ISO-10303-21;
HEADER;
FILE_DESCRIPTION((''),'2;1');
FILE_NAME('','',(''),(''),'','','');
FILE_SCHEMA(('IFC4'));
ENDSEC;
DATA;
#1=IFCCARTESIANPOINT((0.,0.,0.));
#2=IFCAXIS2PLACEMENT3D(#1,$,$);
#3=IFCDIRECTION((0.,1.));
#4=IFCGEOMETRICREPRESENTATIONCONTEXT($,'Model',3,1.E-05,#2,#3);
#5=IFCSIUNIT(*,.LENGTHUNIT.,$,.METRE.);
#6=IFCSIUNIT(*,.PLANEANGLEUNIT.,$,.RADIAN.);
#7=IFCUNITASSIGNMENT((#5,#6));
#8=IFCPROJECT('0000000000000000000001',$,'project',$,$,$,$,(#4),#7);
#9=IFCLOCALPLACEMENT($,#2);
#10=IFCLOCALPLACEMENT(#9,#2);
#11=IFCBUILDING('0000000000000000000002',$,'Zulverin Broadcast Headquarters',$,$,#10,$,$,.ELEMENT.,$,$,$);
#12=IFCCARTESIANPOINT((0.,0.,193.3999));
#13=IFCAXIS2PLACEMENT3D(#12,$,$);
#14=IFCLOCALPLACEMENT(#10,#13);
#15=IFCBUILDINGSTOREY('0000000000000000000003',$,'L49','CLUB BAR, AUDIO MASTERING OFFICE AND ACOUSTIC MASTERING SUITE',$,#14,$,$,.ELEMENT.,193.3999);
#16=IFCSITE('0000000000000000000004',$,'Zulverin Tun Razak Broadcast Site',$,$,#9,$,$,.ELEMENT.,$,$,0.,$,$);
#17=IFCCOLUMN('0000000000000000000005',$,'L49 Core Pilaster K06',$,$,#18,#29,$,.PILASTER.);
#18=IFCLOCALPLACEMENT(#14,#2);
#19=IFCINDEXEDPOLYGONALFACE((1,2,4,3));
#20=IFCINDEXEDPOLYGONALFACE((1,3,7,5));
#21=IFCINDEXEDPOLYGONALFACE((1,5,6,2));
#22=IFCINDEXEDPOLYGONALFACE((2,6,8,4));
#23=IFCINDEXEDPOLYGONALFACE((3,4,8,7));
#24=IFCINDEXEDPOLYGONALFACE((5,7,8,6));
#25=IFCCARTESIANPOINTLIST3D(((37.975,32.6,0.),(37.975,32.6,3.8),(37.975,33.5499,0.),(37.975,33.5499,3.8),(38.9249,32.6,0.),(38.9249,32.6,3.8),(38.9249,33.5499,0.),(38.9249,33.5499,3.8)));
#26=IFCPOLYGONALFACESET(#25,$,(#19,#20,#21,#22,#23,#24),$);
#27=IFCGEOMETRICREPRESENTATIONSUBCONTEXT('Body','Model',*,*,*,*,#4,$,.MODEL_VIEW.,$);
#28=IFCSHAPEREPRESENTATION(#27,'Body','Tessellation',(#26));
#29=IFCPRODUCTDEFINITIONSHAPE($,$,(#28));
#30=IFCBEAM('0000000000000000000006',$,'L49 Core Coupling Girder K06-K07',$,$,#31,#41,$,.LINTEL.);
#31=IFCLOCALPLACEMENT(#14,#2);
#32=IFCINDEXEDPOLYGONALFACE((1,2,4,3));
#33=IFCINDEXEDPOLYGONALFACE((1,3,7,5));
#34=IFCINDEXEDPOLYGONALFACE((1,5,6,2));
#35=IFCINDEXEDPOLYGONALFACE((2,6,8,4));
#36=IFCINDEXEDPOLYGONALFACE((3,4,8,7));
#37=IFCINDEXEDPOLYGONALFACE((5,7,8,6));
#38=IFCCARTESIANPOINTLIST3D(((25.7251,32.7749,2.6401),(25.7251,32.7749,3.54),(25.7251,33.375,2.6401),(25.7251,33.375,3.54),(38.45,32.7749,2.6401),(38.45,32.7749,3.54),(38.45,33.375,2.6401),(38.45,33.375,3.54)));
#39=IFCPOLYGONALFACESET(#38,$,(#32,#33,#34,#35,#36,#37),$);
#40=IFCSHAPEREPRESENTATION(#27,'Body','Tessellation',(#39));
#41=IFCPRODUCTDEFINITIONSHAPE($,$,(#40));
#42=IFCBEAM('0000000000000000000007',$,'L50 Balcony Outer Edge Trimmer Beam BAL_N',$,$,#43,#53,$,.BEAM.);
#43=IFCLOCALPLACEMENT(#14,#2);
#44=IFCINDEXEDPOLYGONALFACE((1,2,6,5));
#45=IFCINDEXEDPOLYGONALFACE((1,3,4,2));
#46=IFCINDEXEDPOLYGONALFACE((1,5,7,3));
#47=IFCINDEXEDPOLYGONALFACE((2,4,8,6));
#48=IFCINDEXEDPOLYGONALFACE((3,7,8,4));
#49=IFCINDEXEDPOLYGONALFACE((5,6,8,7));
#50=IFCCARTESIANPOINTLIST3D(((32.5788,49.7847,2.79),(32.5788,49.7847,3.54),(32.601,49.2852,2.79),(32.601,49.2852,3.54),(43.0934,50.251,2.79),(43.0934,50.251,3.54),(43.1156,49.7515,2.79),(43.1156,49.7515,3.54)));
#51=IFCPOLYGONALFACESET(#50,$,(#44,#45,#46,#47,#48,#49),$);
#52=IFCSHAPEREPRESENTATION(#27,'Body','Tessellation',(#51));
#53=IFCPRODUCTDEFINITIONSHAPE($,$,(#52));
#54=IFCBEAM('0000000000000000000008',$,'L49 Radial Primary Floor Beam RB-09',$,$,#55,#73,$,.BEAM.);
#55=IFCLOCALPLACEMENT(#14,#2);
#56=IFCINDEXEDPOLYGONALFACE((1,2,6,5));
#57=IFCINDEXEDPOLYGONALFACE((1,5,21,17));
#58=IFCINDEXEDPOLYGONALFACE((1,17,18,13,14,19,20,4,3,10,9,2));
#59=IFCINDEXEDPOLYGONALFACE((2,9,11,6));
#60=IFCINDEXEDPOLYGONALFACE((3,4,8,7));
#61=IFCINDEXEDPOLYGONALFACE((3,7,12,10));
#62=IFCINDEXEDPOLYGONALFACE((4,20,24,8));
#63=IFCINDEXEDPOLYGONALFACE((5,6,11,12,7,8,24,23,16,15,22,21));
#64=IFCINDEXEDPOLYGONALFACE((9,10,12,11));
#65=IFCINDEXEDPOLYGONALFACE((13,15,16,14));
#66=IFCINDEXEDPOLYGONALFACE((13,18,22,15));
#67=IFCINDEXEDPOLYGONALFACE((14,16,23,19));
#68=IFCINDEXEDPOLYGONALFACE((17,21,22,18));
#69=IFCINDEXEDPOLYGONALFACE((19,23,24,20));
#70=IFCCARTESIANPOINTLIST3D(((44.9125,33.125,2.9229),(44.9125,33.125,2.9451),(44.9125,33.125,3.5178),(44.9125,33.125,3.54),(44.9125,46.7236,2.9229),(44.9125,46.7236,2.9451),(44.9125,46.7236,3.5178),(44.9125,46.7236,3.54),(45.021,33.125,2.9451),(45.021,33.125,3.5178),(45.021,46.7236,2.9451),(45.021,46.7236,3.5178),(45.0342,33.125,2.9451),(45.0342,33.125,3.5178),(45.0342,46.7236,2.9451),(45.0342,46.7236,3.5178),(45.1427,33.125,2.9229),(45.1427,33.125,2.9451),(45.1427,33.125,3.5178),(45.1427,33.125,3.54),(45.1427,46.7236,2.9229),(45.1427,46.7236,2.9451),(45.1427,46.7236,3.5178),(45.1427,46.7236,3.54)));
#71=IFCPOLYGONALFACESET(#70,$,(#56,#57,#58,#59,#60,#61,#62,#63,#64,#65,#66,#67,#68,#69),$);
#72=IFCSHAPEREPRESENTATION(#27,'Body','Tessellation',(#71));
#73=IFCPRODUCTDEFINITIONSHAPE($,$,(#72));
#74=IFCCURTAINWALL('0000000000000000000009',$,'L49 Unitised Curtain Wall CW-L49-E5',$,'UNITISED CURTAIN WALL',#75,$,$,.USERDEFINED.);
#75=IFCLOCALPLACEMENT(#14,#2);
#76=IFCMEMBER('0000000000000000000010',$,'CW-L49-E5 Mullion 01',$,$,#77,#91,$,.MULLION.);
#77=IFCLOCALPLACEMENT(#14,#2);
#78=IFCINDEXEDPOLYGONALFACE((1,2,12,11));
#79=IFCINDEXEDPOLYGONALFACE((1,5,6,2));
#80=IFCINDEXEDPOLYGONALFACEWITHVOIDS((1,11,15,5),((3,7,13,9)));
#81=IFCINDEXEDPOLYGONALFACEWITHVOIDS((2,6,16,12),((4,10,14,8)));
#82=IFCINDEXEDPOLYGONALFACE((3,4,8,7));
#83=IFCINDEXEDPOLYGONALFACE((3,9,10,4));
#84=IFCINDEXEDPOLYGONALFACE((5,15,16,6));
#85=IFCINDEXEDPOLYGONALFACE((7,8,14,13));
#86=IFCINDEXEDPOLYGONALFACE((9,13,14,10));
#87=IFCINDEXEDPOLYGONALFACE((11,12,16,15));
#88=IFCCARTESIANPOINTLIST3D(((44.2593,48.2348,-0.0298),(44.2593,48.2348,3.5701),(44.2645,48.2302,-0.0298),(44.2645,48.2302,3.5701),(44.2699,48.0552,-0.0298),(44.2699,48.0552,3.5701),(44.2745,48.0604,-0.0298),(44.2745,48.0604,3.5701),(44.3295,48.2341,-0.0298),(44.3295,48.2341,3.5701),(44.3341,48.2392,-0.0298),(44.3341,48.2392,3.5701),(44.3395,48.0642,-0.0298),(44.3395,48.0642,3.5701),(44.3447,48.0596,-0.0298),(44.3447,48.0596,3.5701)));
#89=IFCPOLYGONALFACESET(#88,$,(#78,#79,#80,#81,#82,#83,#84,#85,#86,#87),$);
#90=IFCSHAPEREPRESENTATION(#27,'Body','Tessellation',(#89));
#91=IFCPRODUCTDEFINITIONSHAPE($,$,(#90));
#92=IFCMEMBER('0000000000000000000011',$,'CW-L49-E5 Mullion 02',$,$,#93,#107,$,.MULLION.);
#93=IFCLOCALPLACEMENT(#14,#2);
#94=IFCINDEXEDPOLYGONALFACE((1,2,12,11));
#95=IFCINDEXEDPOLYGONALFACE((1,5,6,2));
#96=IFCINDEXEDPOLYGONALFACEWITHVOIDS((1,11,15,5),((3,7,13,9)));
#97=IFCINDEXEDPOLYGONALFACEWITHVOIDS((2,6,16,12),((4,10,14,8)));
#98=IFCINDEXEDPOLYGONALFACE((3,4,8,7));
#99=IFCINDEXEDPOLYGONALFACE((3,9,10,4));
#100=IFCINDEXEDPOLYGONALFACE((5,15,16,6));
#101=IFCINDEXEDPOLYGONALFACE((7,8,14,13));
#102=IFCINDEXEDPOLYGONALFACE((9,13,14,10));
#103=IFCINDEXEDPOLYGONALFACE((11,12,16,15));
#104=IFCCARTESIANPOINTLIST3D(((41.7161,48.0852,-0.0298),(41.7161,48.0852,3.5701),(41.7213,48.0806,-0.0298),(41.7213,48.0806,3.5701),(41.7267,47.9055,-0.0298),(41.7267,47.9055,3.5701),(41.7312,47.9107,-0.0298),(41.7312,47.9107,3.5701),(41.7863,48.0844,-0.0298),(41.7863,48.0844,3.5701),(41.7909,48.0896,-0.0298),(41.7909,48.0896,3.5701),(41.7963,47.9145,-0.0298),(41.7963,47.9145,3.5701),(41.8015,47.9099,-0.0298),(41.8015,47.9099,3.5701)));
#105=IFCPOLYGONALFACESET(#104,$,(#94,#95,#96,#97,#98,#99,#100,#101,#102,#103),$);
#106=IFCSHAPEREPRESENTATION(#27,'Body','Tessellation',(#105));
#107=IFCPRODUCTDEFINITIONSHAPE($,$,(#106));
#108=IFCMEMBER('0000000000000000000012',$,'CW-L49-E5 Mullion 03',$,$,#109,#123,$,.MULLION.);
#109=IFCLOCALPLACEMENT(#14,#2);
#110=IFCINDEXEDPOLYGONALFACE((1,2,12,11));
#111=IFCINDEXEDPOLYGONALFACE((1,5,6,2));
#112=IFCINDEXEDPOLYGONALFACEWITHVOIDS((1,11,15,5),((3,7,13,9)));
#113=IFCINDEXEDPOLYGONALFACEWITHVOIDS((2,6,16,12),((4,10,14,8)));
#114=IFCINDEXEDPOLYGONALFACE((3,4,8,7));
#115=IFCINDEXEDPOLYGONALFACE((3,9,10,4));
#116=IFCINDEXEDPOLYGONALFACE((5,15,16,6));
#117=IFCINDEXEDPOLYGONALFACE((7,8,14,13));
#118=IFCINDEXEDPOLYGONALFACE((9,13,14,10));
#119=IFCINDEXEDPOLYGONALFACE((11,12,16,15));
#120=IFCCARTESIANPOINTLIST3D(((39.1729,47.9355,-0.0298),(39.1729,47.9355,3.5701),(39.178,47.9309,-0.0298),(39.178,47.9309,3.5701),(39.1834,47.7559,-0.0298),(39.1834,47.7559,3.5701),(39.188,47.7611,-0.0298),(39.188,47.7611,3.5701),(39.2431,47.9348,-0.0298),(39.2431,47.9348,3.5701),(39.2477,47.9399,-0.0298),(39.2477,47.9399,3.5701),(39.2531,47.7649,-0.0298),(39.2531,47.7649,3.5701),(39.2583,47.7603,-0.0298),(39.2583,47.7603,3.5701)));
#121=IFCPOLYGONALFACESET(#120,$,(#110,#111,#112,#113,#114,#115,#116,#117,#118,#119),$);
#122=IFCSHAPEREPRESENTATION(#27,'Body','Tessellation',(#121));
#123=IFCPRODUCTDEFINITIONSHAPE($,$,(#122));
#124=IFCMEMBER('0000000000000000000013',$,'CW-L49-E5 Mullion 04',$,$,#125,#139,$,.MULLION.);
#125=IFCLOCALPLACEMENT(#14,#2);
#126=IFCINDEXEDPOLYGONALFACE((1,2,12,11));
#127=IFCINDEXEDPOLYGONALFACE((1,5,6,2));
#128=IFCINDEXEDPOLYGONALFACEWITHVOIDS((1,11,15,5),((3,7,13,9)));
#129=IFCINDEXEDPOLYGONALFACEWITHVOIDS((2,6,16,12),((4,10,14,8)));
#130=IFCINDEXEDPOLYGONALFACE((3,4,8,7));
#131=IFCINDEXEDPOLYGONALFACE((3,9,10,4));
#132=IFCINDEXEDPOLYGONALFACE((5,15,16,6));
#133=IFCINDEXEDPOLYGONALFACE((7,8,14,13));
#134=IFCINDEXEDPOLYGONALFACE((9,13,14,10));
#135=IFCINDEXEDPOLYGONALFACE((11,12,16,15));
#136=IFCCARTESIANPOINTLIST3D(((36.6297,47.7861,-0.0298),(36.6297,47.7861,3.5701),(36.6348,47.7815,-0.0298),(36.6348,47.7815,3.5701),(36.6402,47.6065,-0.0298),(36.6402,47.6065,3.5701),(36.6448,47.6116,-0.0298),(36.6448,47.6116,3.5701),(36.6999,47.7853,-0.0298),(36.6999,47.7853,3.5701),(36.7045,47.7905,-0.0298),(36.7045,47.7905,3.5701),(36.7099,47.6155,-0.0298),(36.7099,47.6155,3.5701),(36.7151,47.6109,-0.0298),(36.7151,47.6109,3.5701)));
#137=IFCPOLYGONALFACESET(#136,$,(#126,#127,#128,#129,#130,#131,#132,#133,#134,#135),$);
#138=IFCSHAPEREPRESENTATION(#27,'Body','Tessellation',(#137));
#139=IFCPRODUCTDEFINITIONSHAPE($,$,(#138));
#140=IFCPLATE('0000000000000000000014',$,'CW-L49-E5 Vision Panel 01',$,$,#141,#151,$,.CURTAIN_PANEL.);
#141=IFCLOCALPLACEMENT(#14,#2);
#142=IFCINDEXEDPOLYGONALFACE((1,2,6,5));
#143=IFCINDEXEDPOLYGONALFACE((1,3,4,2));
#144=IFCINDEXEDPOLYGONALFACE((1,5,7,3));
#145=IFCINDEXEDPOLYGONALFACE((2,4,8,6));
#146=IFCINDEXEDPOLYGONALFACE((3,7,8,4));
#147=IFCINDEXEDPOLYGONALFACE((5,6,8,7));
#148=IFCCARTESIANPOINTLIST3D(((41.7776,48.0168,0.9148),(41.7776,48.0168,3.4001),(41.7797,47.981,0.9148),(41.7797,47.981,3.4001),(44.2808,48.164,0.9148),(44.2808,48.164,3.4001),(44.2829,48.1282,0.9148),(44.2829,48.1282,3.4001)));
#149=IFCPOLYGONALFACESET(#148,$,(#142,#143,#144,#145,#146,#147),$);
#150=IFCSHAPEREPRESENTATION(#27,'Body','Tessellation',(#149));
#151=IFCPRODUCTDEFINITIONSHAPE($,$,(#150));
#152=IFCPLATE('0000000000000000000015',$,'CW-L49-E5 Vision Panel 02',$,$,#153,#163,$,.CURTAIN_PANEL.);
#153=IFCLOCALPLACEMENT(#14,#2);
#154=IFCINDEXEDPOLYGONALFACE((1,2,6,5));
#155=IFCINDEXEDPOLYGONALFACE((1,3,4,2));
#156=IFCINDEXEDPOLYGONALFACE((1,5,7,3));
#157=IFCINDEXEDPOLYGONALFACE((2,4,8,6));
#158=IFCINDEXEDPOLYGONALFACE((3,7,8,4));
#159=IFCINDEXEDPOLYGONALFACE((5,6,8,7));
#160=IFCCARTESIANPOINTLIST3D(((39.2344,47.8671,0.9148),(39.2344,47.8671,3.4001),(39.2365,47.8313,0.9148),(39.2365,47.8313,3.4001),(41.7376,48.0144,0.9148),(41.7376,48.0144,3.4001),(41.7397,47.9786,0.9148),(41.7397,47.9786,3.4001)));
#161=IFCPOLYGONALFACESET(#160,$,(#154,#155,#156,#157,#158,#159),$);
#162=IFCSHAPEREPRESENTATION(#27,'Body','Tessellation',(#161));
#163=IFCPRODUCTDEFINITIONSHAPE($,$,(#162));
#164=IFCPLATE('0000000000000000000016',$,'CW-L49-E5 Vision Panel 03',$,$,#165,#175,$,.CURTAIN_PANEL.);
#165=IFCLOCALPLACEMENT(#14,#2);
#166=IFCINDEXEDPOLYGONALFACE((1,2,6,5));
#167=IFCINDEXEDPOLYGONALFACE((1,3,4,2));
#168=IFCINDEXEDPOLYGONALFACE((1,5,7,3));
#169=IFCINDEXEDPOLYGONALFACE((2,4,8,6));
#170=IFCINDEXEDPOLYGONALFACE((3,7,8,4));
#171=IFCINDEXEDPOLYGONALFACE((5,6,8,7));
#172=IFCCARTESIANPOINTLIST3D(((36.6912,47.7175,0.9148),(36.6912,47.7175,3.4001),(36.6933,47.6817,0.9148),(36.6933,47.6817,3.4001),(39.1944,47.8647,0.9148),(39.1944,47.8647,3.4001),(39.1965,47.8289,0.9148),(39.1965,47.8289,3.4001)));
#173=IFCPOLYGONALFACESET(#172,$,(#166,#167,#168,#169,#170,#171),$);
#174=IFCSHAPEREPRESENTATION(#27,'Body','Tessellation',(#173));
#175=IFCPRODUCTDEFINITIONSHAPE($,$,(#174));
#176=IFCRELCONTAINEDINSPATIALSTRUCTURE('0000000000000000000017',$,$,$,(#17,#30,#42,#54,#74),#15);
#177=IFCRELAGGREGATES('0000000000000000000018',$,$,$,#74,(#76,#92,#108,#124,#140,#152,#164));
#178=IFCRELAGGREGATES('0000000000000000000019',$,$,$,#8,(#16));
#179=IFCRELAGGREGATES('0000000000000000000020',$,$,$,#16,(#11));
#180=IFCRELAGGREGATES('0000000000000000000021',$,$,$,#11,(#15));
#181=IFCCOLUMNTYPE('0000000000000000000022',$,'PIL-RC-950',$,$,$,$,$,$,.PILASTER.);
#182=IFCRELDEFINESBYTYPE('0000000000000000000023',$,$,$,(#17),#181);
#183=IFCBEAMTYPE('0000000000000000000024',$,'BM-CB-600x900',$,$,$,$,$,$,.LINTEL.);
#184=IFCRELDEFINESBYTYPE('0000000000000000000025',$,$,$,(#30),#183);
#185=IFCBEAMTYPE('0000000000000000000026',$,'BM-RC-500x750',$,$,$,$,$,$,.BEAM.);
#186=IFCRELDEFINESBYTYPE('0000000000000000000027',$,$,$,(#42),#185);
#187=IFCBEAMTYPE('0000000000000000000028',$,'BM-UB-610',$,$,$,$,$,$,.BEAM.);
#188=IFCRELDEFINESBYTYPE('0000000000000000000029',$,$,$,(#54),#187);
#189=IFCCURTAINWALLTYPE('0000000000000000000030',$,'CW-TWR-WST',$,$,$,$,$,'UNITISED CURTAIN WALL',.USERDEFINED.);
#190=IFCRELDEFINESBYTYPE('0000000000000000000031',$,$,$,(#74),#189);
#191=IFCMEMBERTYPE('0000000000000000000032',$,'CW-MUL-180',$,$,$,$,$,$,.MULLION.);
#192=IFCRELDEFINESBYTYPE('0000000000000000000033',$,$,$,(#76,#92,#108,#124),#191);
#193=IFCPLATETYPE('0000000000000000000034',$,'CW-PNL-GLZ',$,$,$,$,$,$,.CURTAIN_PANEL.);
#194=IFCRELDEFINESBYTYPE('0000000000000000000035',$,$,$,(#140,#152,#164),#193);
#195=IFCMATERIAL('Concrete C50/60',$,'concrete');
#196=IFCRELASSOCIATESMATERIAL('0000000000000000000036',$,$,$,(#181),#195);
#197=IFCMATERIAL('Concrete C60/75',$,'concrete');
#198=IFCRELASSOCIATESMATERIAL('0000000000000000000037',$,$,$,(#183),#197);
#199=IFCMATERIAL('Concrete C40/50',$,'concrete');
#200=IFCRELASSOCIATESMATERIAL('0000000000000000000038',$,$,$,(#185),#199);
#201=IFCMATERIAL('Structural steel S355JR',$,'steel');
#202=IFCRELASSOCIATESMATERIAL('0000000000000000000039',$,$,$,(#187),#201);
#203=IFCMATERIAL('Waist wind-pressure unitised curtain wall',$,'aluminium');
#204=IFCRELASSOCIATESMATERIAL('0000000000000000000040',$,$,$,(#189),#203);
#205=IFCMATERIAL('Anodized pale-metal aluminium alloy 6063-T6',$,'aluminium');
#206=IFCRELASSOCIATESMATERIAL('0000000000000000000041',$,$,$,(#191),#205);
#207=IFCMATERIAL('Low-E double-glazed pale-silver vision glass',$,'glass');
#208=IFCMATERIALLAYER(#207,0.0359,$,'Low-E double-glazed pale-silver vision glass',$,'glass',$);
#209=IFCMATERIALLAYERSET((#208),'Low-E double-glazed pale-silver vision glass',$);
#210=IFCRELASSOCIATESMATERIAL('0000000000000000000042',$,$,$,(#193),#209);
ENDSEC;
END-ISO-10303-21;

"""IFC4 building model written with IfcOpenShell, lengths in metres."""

from ifc_helpers import new_model, si_unit, direction, frame, origin, origin_2d, place, context, subcontext, project, spatial, rectangle, hollow_rectangle, i_section, extrude, material, layer, layer_set, material_profile, profile_set, type_object, element, aggregate, save


model = new_model("IFC4")

# Units and contexts
model_context = context("Model", 3, precision=1e-05, world=origin(), true_north=direction((0.0, 1.0)))
body_context = subcontext(model_context, "Body", "Model", "MODEL_VIEW")
ifc_project = project(units=[si_unit("LENGTHUNIT", "METRE"), si_unit("PLANEANGLEUNIT", "RADIAN")], contexts=[model_context])

# Site, building, storey
site_placement = place(None, origin())
site = spatial("IfcSite", under=ifc_project, at=site_placement, Name="Zulverin Tun Razak Broadcast Site", CompositionType="ELEMENT", RefElevation=0.0)
building_placement = place(site_placement, origin())
building = spatial("IfcBuilding", under=site, at=building_placement, Name="Zulverin Broadcast Headquarters", CompositionType="ELEMENT")
storey_placement = place(building_placement, frame((0.0, 0.0, 193.3999)))
storey = spatial("IfcBuildingStorey", under=building, at=storey_placement, Name="L49", Description="CLUB BAR, AUDIO MASTERING OFFICE AND ACOUSTIC MASTERING SUITE", CompositionType="ELEMENT", Elevation=193.3999)

# Column
ifc_material_1 = material(Name="Concrete C50/60", Category="concrete")
ifc_material_profile_1 = material_profile(ifc_material_1, rectangle(XDim=0.95, YDim=0.95, at=origin_2d()), Name="Concrete C50/60", Category="concrete")
ifc_profile_set_1 = profile_set([ifc_material_profile_1], Name="Concrete C50/60")
column_type = type_object("IfcColumnType", Name="PIL-RC-950", PredefinedType="PILASTER", material=ifc_profile_set_1)
column_placement = place(storey_placement, frame((38.45, 33.075, 0.0), z_axis=(0.0, 0.0, 1.0), x_axis=(1.0, 0.0, 0.0)))
element("IfcColumn", 1, at=column_placement, inside=storey, type_object=column_type, Name="L49 Core Pilaster K06", PredefinedType="PILASTER", context=body_context, shape_type="SweptSolid", body=[
    extrude(rectangle(XDim=0.95, YDim=0.95, at=origin_2d()), origin(), (0.0, 0.0, 1.0), 3.8),
])

# Beams
ifc_material_2 = material(Name="Concrete C60/75", Category="concrete")
ifc_material_profile_2 = material_profile(ifc_material_2, rectangle(XDim=0.6001, YDim=0.8999, at=origin_2d()), Name="Concrete C60/75", Category="concrete")
ifc_profile_set_2 = profile_set([ifc_material_profile_2], Name="Concrete C60/75")
beam_type_1 = type_object("IfcBeamType", Name="BM-CB-600x900", PredefinedType="LINTEL", material=ifc_profile_set_2)
beam_1_placement = place(storey_placement, frame((38.45, 33.075, 3.0901), z_axis=(-1.0, 0.0, 0.0), x_axis=(0.0, -1.0, 0.0)))
element("IfcBeam", 2, at=beam_1_placement, inside=storey, type_object=beam_type_1, Name="L49 Core Coupling Girder K06-K07", PredefinedType="LINTEL", context=body_context, shape_type="SweptSolid", body=[
    extrude(rectangle(XDim=0.6001, YDim=0.8999, at=origin_2d()), origin(), (0.0, 0.0, 1.0), 12.7249),
])
ifc_material_3 = material(Name="Concrete C40/50", Category="concrete")
ifc_material_profile_3 = material_profile(ifc_material_3, rectangle(XDim=0.5, YDim=0.75, at=origin_2d()), Name="Concrete C40/50", Category="concrete")
ifc_profile_set_3 = profile_set([ifc_material_profile_3], Name="Concrete C40/50")
beam_type_2 = type_object("IfcBeamType", Name="BM-RC-500x750", PredefinedType="BEAM", material=ifc_profile_set_3)
beam_2_placement = place(storey_placement, frame((43.1045, 50.0012, 3.165), z_axis=(-0.999018, -0.044305, 0.0), x_axis=(0.044305, -0.999018, 0.0)))
element("IfcBeam", 3, at=beam_2_placement, inside=storey, type_object=beam_type_2, Name="L50 Balcony Outer Edge Trimmer Beam BAL_N", PredefinedType="BEAM", context=body_context, shape_type="SweptSolid", body=[
    extrude(rectangle(XDim=0.5, YDim=0.75, at=origin_2d()), origin(), (0.0, 0.0, 1.0), 10.5249),
])
ifc_material_4 = material(Name="Structural steel S355JR", Category="steel")
ifc_material_profile_4 = material_profile(ifc_material_4, i_section(OverallWidth=0.2302, OverallDepth=0.6172, WebThickness=0.0132, FlangeThickness=0.0222, at=origin_2d()), Name="Structural steel S355JR", Category="steel")
ifc_profile_set_4 = profile_set([ifc_material_profile_4], Name="Structural steel S355JR")
beam_type_3 = type_object("IfcBeamType", Name="BM-UB-610", PredefinedType="BEAM", material=ifc_profile_set_4)
beam_3_placement = place(storey_placement, frame((45.0276, 33.125, 3.2314), z_axis=(0.0, 1.0, 0.0), x_axis=(-1.0, 0.0, 0.0)))
element("IfcBeam", 4, at=beam_3_placement, inside=storey, type_object=beam_type_3, Name="L49 Radial Primary Floor Beam RB-09", PredefinedType="BEAM", context=body_context, shape_type="SweptSolid", body=[
    extrude(i_section(OverallWidth=0.2302, OverallDepth=0.6172, WebThickness=0.0132, FlangeThickness=0.0222, at=origin_2d()), origin(), (0.0, 0.0, 1.0), 13.5986),
])

# Curtain wall, members, plates
ifc_material_5 = material(Name="Waist wind-pressure unitised curtain wall", Category="aluminium")
curtain_wall_type = type_object("IfcCurtainWallType", Name="CW-TWR-WST", ElementType="UNITISED CURTAIN WALL", PredefinedType="USERDEFINED", material=ifc_material_5)
curtain_wall_placement = place(storey_placement, origin())
curtain_wall = element("IfcCurtainWall", 5, at=curtain_wall_placement, inside=storey, type_object=curtain_wall_type, Name="L49 Unitised Curtain Wall CW-L49-E5", ObjectType="UNITISED CURTAIN WALL", PredefinedType="USERDEFINED")
ifc_material_6 = material(Name="Anodized pale-metal aluminium alloy 6063-T6", Category="aluminium")
ifc_material_profile_5 = material_profile(ifc_material_6, hollow_rectangle(XDim=0.075, YDim=0.1799, WallThickness=0.0049, at=origin_2d()), Name="Anodized pale-metal aluminium alloy 6063-T6", Category="aluminium")
ifc_profile_set_5 = profile_set([ifc_material_profile_5], Name="Anodized pale-metal aluminium alloy 6063-T6")
member_type = type_object("IfcMemberType", Name="CW-MUL-180", PredefinedType="MULLION", material=ifc_profile_set_5)
member_1_placement = place(storey_placement, frame((44.302, 48.1472, -0.0298), z_axis=(0.0, 0.0, 1.0), x_axis=(-0.998274, -0.058723, 0.0)))
member_1 = element("IfcMember", 6, at=member_1_placement, type_object=member_type, Name="CW-L49-E5 Mullion 01", PredefinedType="MULLION", context=body_context, shape_type="SweptSolid", body=[
    extrude(hollow_rectangle(XDim=0.075, YDim=0.1799, WallThickness=0.0049, at=origin_2d()), origin(), (0.0, 0.0, 1.0), 3.5999),
])
member_2_placement = place(storey_placement, frame((41.7588, 47.9976, -0.0298), z_axis=(0.0, 0.0, 1.0), x_axis=(-0.998274, -0.058723, 0.0)))
member_2 = element("IfcMember", 7, at=member_2_placement, type_object=member_type, Name="CW-L49-E5 Mullion 02", PredefinedType="MULLION", context=body_context, shape_type="SweptSolid", body=[
    extrude(hollow_rectangle(XDim=0.075, YDim=0.1799, WallThickness=0.0049, at=origin_2d()), origin(), (0.0, 0.0, 1.0), 3.5999),
])
member_3_placement = place(storey_placement, frame((39.2156, 47.8479, -0.0298), z_axis=(0.0, 0.0, 1.0), x_axis=(-0.998274, -0.058723, 0.0)))
member_3 = element("IfcMember", 8, at=member_3_placement, type_object=member_type, Name="CW-L49-E5 Mullion 03", PredefinedType="MULLION", context=body_context, shape_type="SweptSolid", body=[
    extrude(hollow_rectangle(XDim=0.075, YDim=0.1799, WallThickness=0.0049, at=origin_2d()), origin(), (0.0, 0.0, 1.0), 3.5999),
])
member_4_placement = place(storey_placement, frame((36.6724, 47.6985, -0.0298), z_axis=(0.0, 0.0, 1.0), x_axis=(-0.998274, -0.058723, 0.0)))
member_4 = element("IfcMember", 9, at=member_4_placement, type_object=member_type, Name="CW-L49-E5 Mullion 04", PredefinedType="MULLION", context=body_context, shape_type="SweptSolid", body=[
    extrude(hollow_rectangle(XDim=0.075, YDim=0.1799, WallThickness=0.0049, at=origin_2d()), origin(), (0.0, 0.0, 1.0), 3.5999),
])
ifc_material_7 = material(Name="Low-E double-glazed pale-silver vision glass", Category="glass")
ifc_layer_1 = layer(ifc_material_7, 0.0359, Name="Low-E double-glazed pale-silver vision glass", Category="glass")
ifc_layer_set_1 = layer_set([ifc_layer_1], Name="Low-E double-glazed pale-silver vision glass")
plate_type_1 = type_object("IfcPlateType", Name="CW-PNL-GLZ", PredefinedType="CURTAIN_PANEL", material=ifc_layer_set_1)
plate_1_placement = place(storey_placement, frame((43.0303, 48.0725, 0.9148), z_axis=(0.0, 0.0, 1.0), x_axis=(-0.998274, -0.058723, 0.0)))
plate_1 = element("IfcPlate", 10, at=plate_1_placement, type_object=plate_type_1, Name="CW-L49-E5 Vision Panel 01", PredefinedType="CURTAIN_PANEL", context=body_context, shape_type="SweptSolid", body=[
    extrude(rectangle(XDim=2.5076, YDim=0.0359, at=origin_2d()), origin(), (0.0, 0.0, 1.0), 2.4854),
])
plate_2_placement = place(storey_placement, frame((40.4871, 47.9229, 0.9148), z_axis=(0.0, 0.0, 1.0), x_axis=(-0.998274, -0.058723, 0.0)))
plate_2 = element("IfcPlate", 11, at=plate_2_placement, type_object=plate_type_1, Name="CW-L49-E5 Vision Panel 02", PredefinedType="CURTAIN_PANEL", context=body_context, shape_type="SweptSolid", body=[
    extrude(rectangle(XDim=2.5076, YDim=0.0359, at=origin_2d()), origin(), (0.0, 0.0, 1.0), 2.4854),
])
plate_3_placement = place(storey_placement, frame((37.9438, 47.7732, 0.9148), z_axis=(0.0, 0.0, 1.0), x_axis=(-0.998274, -0.058723, 0.0)))
plate_3 = element("IfcPlate", 12, at=plate_3_placement, type_object=plate_type_1, Name="CW-L49-E5 Vision Panel 03", PredefinedType="CURTAIN_PANEL", context=body_context, shape_type="SweptSolid", body=[
    extrude(rectangle(XDim=2.5076, YDim=0.0359, at=origin_2d()), origin(), (0.0, 0.0, 1.0), 2.4854),
])
aggregate(curtain_wall, [member_1, member_2, member_3, member_4, plate_1, plate_2, plate_3])

save(model, "model.ifc")
